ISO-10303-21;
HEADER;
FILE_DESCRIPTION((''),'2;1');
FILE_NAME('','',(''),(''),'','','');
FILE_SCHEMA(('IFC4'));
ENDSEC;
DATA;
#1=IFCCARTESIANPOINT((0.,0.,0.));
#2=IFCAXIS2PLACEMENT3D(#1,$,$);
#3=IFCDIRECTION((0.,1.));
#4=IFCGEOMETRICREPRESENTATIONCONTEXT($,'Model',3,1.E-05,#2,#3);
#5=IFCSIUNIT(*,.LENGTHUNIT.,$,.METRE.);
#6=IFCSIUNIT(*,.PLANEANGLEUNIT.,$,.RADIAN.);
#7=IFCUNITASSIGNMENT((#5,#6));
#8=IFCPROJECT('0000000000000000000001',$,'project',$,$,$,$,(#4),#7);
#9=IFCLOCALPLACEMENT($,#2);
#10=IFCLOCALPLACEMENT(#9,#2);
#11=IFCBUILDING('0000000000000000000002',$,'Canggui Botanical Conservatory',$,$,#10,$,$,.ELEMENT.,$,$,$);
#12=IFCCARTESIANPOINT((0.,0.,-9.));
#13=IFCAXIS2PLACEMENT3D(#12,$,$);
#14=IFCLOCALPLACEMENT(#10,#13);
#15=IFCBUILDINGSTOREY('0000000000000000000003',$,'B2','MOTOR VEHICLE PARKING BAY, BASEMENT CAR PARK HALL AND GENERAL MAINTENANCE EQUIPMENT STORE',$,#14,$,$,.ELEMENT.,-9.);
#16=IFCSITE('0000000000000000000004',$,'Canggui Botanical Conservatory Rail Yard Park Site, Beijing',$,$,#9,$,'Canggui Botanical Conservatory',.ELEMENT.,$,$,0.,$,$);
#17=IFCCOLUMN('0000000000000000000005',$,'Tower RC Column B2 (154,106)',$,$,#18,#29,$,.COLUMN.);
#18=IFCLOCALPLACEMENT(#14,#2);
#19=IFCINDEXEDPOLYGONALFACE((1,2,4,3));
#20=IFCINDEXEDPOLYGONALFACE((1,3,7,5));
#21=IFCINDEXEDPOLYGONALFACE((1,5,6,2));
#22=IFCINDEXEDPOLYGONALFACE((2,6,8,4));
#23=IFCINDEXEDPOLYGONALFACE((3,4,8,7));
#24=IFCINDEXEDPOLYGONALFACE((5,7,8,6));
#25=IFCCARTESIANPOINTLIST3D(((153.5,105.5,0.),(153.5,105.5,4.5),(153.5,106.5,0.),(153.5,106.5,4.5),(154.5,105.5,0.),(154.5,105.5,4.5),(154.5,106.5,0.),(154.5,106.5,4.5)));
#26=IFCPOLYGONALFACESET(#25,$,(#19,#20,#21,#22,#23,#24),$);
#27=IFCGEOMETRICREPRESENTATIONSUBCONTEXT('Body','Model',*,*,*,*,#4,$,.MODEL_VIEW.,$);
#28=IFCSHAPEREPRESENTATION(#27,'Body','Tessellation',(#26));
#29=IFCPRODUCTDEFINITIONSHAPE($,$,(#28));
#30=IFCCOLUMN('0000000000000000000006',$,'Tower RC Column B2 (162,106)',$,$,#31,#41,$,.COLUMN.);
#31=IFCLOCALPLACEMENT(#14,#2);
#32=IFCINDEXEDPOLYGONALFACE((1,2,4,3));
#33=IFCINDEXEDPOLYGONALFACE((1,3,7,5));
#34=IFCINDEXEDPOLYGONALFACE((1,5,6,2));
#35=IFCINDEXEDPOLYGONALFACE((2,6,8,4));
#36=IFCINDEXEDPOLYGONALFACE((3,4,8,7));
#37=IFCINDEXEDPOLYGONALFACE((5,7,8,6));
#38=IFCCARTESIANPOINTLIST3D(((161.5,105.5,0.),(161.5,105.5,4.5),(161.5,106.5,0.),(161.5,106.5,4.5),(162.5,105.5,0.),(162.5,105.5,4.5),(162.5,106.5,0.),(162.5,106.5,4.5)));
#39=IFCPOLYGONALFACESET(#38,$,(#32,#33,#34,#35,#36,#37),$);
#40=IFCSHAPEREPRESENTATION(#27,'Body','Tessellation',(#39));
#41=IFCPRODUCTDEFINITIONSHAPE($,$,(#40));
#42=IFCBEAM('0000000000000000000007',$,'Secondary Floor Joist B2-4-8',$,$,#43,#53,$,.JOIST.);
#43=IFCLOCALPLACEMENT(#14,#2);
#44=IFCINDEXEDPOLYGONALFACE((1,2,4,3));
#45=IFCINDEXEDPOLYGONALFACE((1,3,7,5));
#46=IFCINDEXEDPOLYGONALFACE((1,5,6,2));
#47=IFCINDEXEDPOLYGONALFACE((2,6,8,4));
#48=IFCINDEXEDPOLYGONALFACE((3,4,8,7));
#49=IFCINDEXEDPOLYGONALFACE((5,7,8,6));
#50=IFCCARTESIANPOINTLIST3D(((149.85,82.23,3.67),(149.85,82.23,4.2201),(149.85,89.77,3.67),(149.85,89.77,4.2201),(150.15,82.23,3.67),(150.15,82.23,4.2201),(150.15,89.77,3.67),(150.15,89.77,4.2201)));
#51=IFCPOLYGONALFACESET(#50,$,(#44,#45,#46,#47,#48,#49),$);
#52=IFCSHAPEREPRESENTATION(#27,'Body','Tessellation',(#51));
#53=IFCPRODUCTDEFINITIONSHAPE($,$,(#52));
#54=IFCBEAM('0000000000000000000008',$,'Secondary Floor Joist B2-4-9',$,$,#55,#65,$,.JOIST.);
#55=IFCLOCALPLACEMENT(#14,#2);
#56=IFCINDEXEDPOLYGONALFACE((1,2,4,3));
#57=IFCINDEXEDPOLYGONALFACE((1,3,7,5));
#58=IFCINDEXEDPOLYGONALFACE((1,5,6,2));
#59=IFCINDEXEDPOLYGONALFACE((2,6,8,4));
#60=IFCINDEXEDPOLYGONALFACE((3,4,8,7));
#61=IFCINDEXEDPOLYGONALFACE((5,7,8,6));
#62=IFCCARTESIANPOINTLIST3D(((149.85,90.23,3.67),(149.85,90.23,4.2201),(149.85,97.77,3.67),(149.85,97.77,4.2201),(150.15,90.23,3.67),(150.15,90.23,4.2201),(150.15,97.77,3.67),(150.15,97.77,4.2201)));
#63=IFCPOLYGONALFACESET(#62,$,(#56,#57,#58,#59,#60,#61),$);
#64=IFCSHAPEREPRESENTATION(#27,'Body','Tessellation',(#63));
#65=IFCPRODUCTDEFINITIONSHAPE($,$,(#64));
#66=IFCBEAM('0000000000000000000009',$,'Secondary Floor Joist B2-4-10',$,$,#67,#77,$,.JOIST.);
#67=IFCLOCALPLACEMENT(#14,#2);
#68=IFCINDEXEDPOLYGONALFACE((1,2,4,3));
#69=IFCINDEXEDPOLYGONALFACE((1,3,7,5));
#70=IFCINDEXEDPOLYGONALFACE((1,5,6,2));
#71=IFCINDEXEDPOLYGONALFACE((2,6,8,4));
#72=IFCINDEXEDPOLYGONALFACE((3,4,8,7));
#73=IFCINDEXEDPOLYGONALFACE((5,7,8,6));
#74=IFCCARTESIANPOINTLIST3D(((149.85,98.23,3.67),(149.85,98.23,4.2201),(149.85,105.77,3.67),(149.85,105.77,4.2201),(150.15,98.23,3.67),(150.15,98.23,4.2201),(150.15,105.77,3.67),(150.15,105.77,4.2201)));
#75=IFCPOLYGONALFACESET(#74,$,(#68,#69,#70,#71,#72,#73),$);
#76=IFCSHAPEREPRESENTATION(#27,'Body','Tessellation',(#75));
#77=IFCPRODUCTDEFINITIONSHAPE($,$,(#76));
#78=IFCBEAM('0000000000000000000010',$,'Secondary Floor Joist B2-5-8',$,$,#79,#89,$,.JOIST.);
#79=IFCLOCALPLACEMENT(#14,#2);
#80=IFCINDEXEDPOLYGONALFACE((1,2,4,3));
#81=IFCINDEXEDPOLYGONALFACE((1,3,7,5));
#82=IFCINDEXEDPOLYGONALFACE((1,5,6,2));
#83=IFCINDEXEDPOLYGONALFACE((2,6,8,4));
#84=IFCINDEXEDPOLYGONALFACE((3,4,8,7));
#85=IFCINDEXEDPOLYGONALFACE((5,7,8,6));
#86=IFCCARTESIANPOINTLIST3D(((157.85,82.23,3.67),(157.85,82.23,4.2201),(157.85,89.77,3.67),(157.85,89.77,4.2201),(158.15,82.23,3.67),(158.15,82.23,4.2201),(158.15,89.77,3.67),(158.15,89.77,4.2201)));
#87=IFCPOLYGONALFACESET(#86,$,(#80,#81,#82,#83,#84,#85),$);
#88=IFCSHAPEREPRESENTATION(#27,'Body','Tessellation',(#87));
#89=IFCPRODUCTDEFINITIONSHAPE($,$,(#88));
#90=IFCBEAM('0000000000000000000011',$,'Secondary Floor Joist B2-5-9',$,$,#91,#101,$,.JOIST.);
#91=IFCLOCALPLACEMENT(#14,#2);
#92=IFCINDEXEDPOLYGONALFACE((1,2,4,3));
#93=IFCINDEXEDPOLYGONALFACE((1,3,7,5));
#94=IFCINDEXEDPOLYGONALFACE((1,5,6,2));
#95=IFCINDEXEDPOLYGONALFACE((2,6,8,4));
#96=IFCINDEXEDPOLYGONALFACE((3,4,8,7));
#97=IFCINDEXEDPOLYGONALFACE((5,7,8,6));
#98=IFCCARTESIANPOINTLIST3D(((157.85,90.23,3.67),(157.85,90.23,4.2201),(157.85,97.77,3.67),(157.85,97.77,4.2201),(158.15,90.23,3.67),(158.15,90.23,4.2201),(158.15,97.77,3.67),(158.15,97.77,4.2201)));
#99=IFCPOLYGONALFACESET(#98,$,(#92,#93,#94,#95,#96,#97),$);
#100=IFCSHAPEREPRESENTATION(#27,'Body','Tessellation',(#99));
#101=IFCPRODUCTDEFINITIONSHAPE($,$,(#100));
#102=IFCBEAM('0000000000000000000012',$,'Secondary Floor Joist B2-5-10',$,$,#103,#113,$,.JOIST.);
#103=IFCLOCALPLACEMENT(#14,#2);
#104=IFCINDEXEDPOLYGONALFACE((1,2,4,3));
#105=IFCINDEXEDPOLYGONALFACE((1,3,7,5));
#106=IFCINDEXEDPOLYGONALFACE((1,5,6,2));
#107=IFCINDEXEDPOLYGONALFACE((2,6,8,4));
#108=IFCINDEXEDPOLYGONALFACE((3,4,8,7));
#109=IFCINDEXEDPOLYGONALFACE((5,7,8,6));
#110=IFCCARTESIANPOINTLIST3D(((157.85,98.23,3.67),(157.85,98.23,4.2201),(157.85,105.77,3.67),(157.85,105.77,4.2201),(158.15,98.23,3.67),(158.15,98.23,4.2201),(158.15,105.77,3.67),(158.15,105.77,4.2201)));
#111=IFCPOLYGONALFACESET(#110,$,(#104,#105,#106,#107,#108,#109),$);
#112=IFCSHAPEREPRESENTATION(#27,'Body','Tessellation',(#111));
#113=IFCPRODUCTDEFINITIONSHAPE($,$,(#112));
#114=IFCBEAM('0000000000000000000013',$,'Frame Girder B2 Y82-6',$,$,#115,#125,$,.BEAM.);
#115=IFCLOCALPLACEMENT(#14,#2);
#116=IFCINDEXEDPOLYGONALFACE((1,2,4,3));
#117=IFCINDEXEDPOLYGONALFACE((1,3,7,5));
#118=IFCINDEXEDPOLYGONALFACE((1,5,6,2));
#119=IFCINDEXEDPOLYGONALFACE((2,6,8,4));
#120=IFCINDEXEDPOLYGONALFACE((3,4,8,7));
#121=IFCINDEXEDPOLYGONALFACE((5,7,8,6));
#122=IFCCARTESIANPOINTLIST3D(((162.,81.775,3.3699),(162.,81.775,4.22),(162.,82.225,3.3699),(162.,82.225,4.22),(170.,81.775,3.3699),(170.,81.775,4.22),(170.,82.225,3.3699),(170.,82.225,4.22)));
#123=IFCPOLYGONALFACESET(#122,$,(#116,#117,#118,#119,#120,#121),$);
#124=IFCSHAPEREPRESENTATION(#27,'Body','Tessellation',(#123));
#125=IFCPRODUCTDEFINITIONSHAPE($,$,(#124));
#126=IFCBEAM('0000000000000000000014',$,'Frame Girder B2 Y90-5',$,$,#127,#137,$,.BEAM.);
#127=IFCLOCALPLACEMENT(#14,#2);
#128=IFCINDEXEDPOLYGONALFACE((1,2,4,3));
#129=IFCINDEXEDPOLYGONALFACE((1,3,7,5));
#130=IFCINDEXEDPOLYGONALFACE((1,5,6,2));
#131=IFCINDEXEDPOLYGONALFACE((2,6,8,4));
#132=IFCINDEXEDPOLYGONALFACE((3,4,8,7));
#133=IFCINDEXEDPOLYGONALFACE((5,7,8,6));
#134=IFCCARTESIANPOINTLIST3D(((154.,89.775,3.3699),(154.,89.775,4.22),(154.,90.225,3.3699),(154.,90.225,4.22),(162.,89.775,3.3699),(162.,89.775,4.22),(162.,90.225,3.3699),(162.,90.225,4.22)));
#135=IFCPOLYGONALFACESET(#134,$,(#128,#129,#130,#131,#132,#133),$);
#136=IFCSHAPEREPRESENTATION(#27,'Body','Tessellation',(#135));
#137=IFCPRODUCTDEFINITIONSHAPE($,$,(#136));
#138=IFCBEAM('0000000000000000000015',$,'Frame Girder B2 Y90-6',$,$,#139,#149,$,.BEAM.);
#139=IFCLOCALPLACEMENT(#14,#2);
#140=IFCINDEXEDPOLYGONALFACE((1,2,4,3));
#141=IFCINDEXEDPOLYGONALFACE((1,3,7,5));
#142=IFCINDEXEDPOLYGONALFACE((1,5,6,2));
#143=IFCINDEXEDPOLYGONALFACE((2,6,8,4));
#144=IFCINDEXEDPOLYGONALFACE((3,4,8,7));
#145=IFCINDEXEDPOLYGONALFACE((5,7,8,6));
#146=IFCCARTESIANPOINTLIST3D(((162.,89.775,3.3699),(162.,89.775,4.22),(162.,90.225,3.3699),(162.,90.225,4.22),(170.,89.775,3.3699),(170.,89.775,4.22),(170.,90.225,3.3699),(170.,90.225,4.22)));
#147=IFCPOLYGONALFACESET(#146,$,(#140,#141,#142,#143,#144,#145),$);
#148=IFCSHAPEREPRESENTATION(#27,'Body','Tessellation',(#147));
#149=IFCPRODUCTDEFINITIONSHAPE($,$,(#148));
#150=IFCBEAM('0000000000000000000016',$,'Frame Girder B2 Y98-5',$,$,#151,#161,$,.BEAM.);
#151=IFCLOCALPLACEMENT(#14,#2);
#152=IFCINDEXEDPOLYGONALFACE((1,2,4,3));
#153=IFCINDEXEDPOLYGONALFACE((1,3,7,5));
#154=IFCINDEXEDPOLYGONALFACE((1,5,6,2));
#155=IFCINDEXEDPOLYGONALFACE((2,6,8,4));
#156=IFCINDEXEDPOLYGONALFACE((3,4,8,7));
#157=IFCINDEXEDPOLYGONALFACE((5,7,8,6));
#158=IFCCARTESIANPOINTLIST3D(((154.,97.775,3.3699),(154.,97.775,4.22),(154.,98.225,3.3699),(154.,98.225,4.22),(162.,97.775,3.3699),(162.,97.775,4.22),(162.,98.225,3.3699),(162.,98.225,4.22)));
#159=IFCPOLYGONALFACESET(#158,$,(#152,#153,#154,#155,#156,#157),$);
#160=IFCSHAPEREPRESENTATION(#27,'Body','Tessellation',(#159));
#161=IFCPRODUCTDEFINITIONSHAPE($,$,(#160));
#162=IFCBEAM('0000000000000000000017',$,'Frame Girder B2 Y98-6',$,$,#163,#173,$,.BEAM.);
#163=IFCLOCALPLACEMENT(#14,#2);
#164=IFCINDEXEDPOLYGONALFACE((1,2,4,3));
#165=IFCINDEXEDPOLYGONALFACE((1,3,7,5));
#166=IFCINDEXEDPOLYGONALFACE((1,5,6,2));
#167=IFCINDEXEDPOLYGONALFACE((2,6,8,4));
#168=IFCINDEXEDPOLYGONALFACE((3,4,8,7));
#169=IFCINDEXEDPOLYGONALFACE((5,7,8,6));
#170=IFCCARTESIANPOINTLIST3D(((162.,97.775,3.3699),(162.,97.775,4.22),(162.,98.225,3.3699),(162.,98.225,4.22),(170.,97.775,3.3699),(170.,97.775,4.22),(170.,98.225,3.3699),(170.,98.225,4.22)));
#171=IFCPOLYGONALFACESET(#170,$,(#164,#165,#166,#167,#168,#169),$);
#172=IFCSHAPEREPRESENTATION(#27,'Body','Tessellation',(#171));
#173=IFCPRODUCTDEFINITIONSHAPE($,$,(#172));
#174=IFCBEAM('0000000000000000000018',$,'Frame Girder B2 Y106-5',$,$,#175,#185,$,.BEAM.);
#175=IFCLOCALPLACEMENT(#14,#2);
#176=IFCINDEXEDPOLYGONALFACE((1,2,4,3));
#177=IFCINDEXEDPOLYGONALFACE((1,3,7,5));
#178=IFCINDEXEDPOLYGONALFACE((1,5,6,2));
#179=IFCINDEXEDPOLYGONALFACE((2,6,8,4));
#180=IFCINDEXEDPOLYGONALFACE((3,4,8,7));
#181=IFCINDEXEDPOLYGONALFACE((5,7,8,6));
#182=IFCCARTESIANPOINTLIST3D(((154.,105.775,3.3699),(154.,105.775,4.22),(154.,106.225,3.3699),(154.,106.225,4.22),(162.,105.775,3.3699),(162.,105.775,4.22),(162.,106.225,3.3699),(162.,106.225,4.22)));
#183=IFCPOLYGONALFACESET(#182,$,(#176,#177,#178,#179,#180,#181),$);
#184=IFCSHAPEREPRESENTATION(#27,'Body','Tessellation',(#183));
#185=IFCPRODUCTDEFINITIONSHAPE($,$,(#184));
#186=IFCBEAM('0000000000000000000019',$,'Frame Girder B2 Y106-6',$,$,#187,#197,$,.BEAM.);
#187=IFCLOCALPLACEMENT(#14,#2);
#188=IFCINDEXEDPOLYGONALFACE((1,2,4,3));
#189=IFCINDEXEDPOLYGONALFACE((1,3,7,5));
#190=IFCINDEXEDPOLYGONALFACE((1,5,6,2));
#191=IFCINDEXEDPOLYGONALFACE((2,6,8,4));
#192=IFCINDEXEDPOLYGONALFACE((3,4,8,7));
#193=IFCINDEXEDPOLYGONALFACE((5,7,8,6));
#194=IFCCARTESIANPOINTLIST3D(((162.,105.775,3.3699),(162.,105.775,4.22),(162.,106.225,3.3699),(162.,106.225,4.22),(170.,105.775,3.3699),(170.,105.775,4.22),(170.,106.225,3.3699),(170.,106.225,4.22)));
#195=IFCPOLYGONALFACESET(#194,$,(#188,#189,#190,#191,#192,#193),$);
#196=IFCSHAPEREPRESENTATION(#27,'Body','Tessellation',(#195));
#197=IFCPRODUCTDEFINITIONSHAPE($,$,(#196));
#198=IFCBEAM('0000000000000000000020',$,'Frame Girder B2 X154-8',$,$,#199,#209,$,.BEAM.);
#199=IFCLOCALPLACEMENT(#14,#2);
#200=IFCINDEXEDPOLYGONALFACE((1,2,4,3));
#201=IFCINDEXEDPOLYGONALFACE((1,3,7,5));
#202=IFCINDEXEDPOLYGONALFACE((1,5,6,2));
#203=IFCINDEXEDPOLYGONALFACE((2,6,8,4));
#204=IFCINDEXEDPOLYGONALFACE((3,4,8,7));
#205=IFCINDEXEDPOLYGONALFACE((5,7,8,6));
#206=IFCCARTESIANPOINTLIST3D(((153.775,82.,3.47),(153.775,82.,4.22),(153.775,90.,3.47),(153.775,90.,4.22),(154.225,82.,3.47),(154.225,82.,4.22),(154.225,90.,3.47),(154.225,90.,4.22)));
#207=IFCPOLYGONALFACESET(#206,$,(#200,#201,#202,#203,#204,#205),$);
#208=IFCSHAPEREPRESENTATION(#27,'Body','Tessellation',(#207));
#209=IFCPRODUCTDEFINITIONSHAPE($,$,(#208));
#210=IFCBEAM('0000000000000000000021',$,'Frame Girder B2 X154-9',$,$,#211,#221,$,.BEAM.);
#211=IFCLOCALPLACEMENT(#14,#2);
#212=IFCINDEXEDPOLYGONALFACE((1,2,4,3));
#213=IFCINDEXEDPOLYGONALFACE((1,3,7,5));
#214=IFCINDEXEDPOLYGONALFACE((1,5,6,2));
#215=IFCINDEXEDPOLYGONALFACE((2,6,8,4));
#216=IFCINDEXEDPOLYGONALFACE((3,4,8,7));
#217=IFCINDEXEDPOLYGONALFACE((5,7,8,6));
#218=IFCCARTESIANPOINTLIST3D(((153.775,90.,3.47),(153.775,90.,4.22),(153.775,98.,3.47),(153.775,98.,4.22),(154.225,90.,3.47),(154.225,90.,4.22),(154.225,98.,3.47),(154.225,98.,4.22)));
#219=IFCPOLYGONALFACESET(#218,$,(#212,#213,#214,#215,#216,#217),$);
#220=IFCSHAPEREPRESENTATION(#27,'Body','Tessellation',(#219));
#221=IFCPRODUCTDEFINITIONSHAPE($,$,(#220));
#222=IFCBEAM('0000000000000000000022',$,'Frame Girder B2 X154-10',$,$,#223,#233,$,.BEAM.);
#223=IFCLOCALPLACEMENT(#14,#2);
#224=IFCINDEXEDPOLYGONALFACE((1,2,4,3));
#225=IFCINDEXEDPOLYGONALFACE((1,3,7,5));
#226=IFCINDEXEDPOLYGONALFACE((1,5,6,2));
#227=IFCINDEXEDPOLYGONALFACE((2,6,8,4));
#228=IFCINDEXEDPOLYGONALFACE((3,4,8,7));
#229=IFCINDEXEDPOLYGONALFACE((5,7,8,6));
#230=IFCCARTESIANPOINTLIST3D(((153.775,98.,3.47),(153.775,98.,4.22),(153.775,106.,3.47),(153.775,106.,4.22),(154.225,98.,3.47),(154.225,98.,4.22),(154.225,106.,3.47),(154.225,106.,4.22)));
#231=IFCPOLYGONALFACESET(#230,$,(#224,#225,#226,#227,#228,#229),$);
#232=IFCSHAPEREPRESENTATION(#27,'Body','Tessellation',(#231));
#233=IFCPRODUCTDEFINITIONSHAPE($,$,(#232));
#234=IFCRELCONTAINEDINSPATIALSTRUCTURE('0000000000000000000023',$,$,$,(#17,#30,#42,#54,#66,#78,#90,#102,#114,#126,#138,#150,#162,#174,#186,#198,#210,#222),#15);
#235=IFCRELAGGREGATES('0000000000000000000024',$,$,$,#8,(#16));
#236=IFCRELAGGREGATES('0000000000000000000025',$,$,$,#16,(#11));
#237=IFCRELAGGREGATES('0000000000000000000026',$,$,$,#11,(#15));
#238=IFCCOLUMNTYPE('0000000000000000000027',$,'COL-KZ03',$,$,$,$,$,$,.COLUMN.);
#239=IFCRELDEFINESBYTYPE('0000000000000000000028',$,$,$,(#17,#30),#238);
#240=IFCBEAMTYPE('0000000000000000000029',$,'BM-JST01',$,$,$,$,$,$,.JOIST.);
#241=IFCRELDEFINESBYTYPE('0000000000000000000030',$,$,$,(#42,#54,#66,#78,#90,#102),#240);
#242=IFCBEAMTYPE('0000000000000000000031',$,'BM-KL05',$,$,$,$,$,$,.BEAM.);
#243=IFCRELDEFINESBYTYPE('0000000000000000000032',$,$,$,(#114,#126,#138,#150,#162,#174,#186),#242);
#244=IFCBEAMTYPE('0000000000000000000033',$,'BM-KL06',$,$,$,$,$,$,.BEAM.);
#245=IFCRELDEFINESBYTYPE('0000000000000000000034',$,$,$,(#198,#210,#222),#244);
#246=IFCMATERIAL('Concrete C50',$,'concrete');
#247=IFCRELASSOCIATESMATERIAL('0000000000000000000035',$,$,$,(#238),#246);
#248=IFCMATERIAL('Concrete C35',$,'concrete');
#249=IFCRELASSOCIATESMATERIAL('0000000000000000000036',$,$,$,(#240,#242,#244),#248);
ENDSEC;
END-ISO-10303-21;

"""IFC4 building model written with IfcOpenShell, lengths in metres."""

from ifc_helpers import new_model, si_unit, direction, frame, origin, origin_2d, place, context, subcontext, project, spatial, rectangle, extrude, material, material_profile, profile_set, type_object, element, save


model = new_model("IFC4")

# Units and contexts
model_context = context("Model", 3, precision=1e-05, world=origin(), true_north=direction((0.0, 1.0)))
body_context = subcontext(model_context, "Body", "Model", "MODEL_VIEW")
ifc_project = project(units=[si_unit("LENGTHUNIT", "METRE"), si_unit("PLANEANGLEUNIT", "RADIAN")], contexts=[model_context])

# Site, building, storey
site_placement = place(None, origin())
site = spatial("IfcSite", under=ifc_project, at=site_placement, Name="Canggui Botanical Conservatory Rail Yard Park Site, Beijing", LongName="Canggui Botanical Conservatory", CompositionType="ELEMENT", RefElevation=0.0)
building_placement = place(site_placement, origin())
building = spatial("IfcBuilding", under=site, at=building_placement, Name="Canggui Botanical Conservatory", CompositionType="ELEMENT")
storey_placement = place(building_placement, frame((0.0, 0.0, -9.0)))
storey = spatial("IfcBuildingStorey", under=building, at=storey_placement, Name="B2", Description="MOTOR VEHICLE PARKING BAY, BASEMENT CAR PARK HALL AND GENERAL MAINTENANCE EQUIPMENT STORE", CompositionType="ELEMENT", Elevation=-9.0)

# Shared definitions
ifc_material_1 = material(Name="Concrete C35", Category="concrete")

# Columns
ifc_material_2 = material(Name="Concrete C50", Category="concrete")
ifc_material_profile_1 = material_profile(ifc_material_2, rectangle(XDim=1.0, YDim=1.0, at=origin_2d()), Name="RC 1000x1000")
ifc_profile_set_1 = profile_set([ifc_material_profile_1], Name="Concrete C50")
column_type_1 = type_object("IfcColumnType", Name="COL-KZ03", PredefinedType="COLUMN", material=ifc_profile_set_1)
for number, where, z_axis, x_axis, name in (
    (1, (154.0, 106.0, 0.0), (0.0, 0.0, 1.0), (1.0, 0.0, 0.0), "Tower RC Column B2 (154,106)"),
    (2, (162.0, 106.0, 0.0), (0.0, 0.0, 1.0), (1.0, 0.0, 0.0), "Tower RC Column B2 (162,106)"),
):
    element("IfcColumn", number, at=place(storey_placement, frame(where, z_axis=z_axis, x_axis=x_axis)), inside=storey, type_object=column_type_1, Name=name, PredefinedType="COLUMN", context=body_context, shape_type="SweptSolid", body=[
        extrude(rectangle(XDim=1.0, YDim=1.0, at=origin_2d()), origin(), (0.0, 0.0, 1.0), 4.5),
    ])

# Beams
ifc_material_profile_2 = material_profile(ifc_material_1, rectangle(XDim=0.3, YDim=0.55, at=origin_2d()), Name="RB 300x550")
ifc_profile_set_2 = profile_set([ifc_material_profile_2], Name="Concrete C35")
beam_type_1 = type_object("IfcBeamType", Name="BM-JST01", PredefinedType="JOIST", material=ifc_profile_set_2)
for number, where, z_axis, x_axis, name in (
    (3, (150.0, 82.23, 3.9451), (0.0, 1.0, 0.0), (-1.0, 0.0, 0.0), "Secondary Floor Joist B2-4-8"),
    (4, (150.0, 90.23, 3.9451), (0.0, 1.0, 0.0), (-1.0, 0.0, 0.0), "Secondary Floor Joist B2-4-9"),
    (5, (150.0, 98.23, 3.9451), (0.0, 1.0, 0.0), (-1.0, 0.0, 0.0), "Secondary Floor Joist B2-4-10"),
    (6, (158.0, 82.23, 3.9451), (0.0, 1.0, 0.0), (-1.0, 0.0, 0.0), "Secondary Floor Joist B2-5-8"),
    (7, (158.0, 90.23, 3.9451), (0.0, 1.0, 0.0), (-1.0, 0.0, 0.0), "Secondary Floor Joist B2-5-9"),
    (8, (158.0, 98.23, 3.9451), (0.0, 1.0, 0.0), (-1.0, 0.0, 0.0), "Secondary Floor Joist B2-5-10"),
):
    element("IfcBeam", number, at=place(storey_placement, frame(where, z_axis=z_axis, x_axis=x_axis)), inside=storey, type_object=beam_type_1, Name=name, PredefinedType="JOIST", context=body_context, shape_type="SweptSolid", body=[
        extrude(rectangle(XDim=0.3, YDim=0.55, at=origin_2d()), origin(), (0.0, 0.0, 1.0), 7.54),
    ])
ifc_material_profile_3 = material_profile(ifc_material_1, rectangle(XDim=0.45, YDim=0.8501, at=origin_2d()), Name="RB 450x850")
ifc_profile_set_3 = profile_set([ifc_material_profile_3], Name="Concrete C35")
beam_type_2 = type_object("IfcBeamType", Name="BM-KL05", PredefinedType="BEAM", material=ifc_profile_set_3)
for number, where, z_axis, x_axis, name in (
    (9, (162.0, 82.0, 3.7949), (1.0, 0.0, 0.0), (0.0, 1.0, 0.0), "Frame Girder B2 Y82-6"),
    (10, (154.0, 90.0, 3.7949), (1.0, 0.0, 0.0), (0.0, 1.0, 0.0), "Frame Girder B2 Y90-5"),
    (11, (162.0, 90.0, 3.7949), (1.0, 0.0, 0.0), (0.0, 1.0, 0.0), "Frame Girder B2 Y90-6"),
    (12, (154.0, 98.0, 3.7949), (1.0, 0.0, 0.0), (0.0, 1.0, 0.0), "Frame Girder B2 Y98-5"),
    (13, (162.0, 98.0, 3.7949), (1.0, 0.0, 0.0), (0.0, 1.0, 0.0), "Frame Girder B2 Y98-6"),
    (14, (154.0, 106.0, 3.7949), (1.0, 0.0, 0.0), (0.0, 1.0, 0.0), "Frame Girder B2 Y106-5"),
    (15, (162.0, 106.0, 3.7949), (1.0, 0.0, 0.0), (0.0, 1.0, 0.0), "Frame Girder B2 Y106-6"),
):
    element("IfcBeam", number, at=place(storey_placement, frame(where, z_axis=z_axis, x_axis=x_axis)), inside=storey, type_object=beam_type_2, Name=name, PredefinedType="BEAM", context=body_context, shape_type="SweptSolid", body=[
        extrude(rectangle(XDim=0.45, YDim=0.8501, at=origin_2d()), origin(), (0.0, 0.0, 1.0), 8.0),
    ])
ifc_material_profile_4 = material_profile(ifc_material_1, rectangle(XDim=0.45, YDim=0.75, at=origin_2d()), Name="RB 450x750")
ifc_profile_set_4 = profile_set([ifc_material_profile_4], Name="Concrete C35")
beam_type_3 = type_object("IfcBeamType", Name="BM-KL06", PredefinedType="BEAM", material=ifc_profile_set_4)
for number, where, z_axis, x_axis, name in (
    (16, (154.0, 82.0, 3.845), (0.0, 1.0, 0.0), (-1.0, 0.0, 0.0), "Frame Girder B2 X154-8"),
    (17, (154.0, 90.0, 3.845), (0.0, 1.0, 0.0), (-1.0, 0.0, 0.0), "Frame Girder B2 X154-9"),
    (18, (154.0, 98.0, 3.845), (0.0, 1.0, 0.0), (-1.0, 0.0, 0.0), "Frame Girder B2 X154-10"),
):
    element("IfcBeam", number, at=place(storey_placement, frame(where, z_axis=z_axis, x_axis=x_axis)), inside=storey, type_object=beam_type_3, Name=name, PredefinedType="BEAM", context=body_context, shape_type="SweptSolid", body=[
        extrude(rectangle(XDim=0.45, YDim=0.75, at=origin_2d()), origin(), (0.0, 0.0, 1.0), 8.0),
    ])

save(model, "model.ifc")
